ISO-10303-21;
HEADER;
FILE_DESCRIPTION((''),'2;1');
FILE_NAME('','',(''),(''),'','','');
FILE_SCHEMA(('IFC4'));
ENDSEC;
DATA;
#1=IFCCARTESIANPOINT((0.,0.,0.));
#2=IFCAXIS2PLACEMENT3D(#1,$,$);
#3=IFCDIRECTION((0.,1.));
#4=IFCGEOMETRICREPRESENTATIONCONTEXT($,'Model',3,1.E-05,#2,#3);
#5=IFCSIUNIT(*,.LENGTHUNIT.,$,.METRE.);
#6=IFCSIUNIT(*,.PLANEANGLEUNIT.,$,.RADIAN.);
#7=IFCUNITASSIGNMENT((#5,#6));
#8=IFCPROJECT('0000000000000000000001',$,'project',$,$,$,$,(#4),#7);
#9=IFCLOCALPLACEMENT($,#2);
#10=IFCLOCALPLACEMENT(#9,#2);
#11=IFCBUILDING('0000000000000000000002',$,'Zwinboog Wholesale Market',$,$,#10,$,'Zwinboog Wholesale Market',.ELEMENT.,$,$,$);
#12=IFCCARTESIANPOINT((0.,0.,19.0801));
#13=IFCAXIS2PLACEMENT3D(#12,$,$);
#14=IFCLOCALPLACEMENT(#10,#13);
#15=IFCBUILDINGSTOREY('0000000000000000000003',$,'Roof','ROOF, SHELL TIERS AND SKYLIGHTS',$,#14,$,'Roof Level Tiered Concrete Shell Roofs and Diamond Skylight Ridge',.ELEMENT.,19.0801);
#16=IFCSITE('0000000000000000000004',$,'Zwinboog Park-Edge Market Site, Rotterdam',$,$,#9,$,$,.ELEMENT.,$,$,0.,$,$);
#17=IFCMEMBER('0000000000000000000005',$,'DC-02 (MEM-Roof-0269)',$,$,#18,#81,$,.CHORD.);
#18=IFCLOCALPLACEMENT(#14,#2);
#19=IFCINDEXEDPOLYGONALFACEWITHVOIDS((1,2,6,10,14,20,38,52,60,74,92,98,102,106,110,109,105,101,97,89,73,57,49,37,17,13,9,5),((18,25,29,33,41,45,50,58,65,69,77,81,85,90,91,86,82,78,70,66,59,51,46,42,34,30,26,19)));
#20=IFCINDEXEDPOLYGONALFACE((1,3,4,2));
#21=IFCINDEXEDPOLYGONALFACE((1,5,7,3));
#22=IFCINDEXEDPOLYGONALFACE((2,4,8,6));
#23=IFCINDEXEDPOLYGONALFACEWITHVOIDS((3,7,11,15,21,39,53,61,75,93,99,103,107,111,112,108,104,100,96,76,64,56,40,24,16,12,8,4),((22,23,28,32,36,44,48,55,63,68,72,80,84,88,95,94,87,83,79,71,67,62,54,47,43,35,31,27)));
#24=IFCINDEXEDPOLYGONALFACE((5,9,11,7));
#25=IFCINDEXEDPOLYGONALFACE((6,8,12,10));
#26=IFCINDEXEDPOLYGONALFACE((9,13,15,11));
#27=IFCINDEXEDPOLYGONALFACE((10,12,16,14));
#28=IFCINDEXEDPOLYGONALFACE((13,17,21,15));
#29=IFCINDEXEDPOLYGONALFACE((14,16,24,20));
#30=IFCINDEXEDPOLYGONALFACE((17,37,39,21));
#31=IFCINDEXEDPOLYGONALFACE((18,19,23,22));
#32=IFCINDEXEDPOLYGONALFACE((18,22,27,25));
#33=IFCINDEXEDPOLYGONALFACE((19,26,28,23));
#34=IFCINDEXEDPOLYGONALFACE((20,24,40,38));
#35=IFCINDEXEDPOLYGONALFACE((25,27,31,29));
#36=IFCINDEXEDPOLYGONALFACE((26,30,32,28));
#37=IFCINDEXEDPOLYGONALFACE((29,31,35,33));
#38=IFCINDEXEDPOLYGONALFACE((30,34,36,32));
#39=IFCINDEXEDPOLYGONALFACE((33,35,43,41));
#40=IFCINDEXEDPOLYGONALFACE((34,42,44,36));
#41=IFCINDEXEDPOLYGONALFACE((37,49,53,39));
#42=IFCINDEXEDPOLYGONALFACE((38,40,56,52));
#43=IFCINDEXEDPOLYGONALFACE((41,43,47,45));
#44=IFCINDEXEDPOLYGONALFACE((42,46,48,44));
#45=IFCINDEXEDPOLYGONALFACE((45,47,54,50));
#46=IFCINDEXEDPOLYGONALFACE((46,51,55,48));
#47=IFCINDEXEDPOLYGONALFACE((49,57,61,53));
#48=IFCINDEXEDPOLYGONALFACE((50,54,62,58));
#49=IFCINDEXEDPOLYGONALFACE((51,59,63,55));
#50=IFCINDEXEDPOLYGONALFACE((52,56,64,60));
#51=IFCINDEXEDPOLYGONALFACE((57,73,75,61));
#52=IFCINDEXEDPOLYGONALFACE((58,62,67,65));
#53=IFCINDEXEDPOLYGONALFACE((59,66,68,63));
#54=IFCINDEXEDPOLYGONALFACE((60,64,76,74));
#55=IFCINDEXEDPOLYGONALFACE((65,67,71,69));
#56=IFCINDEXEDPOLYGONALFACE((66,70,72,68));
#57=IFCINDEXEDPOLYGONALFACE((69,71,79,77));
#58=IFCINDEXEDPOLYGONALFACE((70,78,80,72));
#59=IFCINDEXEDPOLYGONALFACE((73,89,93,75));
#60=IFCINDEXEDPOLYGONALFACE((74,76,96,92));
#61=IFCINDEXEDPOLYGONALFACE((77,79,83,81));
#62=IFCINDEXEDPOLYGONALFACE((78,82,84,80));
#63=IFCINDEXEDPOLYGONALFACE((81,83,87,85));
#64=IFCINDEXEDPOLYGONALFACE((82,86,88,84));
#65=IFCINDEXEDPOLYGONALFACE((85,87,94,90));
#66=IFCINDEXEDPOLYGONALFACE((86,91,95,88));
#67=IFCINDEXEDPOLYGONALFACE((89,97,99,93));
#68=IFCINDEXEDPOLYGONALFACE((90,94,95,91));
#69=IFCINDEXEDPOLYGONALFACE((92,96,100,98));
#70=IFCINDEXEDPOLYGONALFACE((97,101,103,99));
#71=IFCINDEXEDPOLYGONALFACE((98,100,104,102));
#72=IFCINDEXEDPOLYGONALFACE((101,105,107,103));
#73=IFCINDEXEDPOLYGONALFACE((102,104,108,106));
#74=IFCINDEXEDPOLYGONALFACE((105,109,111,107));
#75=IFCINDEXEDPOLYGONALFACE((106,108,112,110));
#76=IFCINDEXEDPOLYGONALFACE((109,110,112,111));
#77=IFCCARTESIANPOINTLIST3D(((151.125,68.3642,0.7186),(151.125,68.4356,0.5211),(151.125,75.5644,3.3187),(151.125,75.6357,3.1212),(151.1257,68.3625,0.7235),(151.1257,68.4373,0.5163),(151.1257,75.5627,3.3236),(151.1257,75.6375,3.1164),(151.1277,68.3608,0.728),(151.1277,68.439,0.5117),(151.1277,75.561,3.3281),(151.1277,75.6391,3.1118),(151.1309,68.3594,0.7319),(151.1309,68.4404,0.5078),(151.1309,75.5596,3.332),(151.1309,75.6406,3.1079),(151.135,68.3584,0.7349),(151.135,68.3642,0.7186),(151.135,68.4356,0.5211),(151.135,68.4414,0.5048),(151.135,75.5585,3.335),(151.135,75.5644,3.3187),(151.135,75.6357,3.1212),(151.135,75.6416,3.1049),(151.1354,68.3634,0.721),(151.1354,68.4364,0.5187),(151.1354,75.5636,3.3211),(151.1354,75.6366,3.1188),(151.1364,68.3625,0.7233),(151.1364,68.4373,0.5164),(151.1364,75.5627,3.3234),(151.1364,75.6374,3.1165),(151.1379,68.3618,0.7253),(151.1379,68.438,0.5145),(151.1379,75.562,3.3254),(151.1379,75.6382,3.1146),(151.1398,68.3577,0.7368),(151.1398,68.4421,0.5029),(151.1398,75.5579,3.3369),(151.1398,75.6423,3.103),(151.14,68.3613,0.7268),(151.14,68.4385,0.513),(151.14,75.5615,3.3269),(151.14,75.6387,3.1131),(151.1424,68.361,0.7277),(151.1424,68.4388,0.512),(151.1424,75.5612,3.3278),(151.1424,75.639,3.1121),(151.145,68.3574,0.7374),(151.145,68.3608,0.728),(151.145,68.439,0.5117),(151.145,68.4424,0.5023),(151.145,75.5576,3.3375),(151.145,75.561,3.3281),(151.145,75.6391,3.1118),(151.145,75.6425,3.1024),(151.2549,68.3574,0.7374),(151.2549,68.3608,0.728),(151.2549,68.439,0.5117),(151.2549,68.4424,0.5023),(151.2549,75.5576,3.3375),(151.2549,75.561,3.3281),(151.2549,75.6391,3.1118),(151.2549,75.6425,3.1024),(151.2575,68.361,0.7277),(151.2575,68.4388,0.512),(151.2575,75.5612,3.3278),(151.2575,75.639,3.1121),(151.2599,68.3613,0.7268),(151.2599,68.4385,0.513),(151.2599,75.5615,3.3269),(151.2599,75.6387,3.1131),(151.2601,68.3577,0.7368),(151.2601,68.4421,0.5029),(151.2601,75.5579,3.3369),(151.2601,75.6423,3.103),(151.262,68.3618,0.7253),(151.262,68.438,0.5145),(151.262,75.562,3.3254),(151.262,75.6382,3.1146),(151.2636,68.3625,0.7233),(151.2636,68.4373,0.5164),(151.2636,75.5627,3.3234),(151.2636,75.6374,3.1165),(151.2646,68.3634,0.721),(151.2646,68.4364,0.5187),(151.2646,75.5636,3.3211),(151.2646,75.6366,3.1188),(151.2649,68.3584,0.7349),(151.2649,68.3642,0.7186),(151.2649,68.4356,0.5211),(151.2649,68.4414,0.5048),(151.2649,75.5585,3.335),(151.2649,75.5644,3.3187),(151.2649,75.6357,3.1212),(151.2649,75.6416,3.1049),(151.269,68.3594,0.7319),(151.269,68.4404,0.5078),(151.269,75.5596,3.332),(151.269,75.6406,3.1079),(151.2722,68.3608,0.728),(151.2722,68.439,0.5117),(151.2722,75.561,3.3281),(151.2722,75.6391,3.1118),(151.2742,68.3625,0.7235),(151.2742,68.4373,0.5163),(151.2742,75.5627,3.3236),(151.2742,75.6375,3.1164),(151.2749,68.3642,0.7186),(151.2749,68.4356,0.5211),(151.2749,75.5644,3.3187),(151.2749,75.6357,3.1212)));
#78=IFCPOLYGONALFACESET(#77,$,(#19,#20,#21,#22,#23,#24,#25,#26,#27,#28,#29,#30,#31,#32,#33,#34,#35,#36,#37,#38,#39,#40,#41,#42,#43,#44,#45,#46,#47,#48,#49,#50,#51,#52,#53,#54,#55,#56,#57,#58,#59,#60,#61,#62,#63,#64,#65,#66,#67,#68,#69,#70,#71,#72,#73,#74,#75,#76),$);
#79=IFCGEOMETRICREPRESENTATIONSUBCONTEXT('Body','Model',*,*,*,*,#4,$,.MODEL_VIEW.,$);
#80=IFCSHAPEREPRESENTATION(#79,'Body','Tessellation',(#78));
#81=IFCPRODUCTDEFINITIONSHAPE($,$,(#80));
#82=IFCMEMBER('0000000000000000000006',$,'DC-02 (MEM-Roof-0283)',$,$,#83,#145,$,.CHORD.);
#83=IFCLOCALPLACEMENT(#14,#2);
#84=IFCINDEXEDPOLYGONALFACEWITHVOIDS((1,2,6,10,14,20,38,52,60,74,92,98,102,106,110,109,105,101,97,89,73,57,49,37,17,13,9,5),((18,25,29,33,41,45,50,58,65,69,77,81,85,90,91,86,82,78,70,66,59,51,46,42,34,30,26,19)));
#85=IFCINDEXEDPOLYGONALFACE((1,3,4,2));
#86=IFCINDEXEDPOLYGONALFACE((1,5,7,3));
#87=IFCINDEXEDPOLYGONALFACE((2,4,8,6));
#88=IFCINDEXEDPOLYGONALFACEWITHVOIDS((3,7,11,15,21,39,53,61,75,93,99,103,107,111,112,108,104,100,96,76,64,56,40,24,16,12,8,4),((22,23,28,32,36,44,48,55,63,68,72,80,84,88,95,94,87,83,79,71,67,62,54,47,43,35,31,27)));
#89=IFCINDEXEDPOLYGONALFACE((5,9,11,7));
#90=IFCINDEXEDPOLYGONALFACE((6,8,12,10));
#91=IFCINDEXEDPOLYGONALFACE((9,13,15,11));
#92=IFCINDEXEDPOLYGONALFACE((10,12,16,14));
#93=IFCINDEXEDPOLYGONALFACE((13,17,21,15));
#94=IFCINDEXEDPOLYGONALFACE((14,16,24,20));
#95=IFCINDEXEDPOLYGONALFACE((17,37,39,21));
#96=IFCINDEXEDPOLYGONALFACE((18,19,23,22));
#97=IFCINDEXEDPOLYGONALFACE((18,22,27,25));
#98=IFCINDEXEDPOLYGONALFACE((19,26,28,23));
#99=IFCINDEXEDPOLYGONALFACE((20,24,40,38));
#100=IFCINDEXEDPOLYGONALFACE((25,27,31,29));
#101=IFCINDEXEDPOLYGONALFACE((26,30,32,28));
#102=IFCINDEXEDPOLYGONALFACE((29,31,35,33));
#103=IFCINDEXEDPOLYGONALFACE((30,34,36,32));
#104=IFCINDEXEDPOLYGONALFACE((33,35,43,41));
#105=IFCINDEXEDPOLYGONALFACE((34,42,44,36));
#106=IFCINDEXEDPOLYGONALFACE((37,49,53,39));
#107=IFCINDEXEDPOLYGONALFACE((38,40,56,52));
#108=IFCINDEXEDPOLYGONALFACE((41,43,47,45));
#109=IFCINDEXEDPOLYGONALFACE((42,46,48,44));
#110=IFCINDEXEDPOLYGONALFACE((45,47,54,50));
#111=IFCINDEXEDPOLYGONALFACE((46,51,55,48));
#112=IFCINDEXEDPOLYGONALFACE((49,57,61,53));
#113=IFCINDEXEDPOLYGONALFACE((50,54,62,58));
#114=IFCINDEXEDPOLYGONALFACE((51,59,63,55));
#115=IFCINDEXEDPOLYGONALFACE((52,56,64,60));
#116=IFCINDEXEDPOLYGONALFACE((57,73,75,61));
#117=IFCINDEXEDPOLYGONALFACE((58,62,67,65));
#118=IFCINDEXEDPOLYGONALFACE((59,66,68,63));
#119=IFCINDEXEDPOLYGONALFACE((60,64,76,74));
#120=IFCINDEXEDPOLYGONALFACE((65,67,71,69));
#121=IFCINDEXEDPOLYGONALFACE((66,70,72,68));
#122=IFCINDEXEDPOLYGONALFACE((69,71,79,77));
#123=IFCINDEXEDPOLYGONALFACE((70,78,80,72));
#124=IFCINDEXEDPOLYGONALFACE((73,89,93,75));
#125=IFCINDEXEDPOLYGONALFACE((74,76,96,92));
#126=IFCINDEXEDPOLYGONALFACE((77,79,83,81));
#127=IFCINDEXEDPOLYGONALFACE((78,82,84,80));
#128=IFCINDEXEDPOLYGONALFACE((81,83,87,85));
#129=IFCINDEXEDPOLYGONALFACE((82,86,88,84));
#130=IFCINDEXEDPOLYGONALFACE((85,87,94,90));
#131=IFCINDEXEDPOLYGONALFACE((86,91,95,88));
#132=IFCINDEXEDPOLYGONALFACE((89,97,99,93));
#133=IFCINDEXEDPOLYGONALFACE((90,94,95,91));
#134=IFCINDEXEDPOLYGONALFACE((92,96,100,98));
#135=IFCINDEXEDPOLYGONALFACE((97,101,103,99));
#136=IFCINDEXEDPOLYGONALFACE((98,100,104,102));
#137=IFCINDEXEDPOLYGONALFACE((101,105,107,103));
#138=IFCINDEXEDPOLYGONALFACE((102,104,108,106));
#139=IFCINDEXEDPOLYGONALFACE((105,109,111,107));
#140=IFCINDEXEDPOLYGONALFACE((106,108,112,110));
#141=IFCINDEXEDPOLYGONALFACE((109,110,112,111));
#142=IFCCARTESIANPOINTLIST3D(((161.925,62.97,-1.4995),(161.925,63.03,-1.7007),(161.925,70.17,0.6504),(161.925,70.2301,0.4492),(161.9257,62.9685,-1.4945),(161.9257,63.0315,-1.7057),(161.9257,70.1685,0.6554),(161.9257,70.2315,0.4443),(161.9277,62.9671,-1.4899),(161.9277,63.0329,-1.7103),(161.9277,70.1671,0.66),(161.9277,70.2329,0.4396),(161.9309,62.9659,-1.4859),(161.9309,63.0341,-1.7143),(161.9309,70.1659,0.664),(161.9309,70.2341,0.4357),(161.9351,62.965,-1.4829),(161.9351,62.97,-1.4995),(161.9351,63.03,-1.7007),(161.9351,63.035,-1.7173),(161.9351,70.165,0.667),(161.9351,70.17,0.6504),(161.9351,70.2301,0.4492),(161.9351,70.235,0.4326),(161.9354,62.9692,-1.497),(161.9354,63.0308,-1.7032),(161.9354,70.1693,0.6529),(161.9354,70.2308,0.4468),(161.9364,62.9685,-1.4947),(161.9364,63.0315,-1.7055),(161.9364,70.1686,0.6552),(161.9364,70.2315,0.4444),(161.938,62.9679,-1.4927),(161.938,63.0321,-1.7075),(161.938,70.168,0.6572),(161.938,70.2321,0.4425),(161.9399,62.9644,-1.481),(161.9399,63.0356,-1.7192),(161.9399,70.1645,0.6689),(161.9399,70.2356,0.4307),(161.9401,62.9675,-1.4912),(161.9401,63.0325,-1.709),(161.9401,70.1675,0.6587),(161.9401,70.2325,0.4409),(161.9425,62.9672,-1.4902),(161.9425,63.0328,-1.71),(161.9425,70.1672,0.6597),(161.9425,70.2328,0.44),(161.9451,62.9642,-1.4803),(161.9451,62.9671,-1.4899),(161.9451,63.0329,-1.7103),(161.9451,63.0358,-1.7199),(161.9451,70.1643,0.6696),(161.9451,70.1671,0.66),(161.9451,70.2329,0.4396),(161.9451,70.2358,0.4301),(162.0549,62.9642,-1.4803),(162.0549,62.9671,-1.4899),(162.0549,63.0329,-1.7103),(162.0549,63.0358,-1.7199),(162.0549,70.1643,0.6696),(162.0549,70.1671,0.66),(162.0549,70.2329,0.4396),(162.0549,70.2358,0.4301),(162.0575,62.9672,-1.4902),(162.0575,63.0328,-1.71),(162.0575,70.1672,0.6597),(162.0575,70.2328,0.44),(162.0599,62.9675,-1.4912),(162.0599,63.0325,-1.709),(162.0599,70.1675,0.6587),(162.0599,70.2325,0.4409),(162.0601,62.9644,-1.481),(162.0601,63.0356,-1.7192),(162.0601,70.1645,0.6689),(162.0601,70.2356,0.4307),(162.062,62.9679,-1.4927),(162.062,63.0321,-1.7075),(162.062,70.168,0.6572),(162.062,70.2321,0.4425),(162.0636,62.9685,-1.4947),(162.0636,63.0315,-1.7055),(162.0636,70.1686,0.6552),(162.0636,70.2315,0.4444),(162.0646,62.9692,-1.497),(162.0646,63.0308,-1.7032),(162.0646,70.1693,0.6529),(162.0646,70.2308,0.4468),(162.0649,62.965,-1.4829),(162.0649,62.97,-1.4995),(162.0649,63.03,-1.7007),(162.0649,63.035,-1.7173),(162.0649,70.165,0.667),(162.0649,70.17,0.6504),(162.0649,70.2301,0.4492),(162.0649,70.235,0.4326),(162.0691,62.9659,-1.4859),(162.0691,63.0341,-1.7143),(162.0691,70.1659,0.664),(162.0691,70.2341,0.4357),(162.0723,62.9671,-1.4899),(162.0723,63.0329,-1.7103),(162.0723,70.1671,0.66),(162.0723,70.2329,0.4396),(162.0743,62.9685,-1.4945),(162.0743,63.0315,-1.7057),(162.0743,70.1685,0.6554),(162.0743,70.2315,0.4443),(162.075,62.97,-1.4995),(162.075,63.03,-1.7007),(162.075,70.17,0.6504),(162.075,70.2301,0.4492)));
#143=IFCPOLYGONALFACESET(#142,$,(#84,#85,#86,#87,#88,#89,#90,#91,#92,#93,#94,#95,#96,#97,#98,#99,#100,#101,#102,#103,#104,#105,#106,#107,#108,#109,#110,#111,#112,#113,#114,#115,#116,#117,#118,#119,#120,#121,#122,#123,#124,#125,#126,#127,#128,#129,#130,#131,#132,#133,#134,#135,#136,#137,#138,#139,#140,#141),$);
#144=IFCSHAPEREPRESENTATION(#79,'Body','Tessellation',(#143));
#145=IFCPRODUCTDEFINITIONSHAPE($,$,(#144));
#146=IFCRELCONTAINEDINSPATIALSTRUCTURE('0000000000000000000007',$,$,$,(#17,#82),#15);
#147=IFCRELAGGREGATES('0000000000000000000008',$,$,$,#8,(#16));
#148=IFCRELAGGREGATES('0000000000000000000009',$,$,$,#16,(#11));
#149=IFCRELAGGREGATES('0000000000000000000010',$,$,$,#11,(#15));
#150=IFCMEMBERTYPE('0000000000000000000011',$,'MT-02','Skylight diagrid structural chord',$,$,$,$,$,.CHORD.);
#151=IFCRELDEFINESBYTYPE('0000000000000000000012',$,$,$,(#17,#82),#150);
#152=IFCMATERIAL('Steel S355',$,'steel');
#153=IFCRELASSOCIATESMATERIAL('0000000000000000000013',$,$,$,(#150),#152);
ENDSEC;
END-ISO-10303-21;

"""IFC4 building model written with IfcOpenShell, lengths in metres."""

from ifc_helpers import new_model, si_unit, direction, frame, origin, origin_2d, place, context, subcontext, project, spatial, hollow_rectangle, extrude, material, material_profile, profile_set, type_object, element, save


model = new_model("IFC4")

# Units and contexts
model_context = context("Model", 3, precision=1e-05, world=origin(), true_north=direction((0.0, 1.0)))
body_context = subcontext(model_context, "Body", "Model", "MODEL_VIEW")
ifc_project = project(units=[si_unit("LENGTHUNIT", "METRE"), si_unit("PLANEANGLEUNIT", "RADIAN")], contexts=[model_context])

# Site, building, storey
site_placement = place(None, origin())
site = spatial("IfcSite", under=ifc_project, at=site_placement, Name="Zwinboog Park-Edge Market Site, Rotterdam", CompositionType="ELEMENT", RefElevation=0.0)
building_placement = place(site_placement, origin())
building = spatial("IfcBuilding", under=site, at=building_placement, Name="Zwinboog Wholesale Market", LongName="Zwinboog Wholesale Market", CompositionType="ELEMENT")
storey_placement = place(building_placement, frame((0.0, 0.0, 19.0801)))
storey = spatial("IfcBuildingStorey", under=building, at=storey_placement, Name="Roof", Description="ROOF, SHELL TIERS AND SKYLIGHTS", LongName="Roof Level Tiered Concrete Shell Roofs and Diamond Skylight Ridge", CompositionType="ELEMENT", Elevation=19.0801)

# Members
ifc_material_1 = material(Name="Steel S355", Category="steel")
ifc_material_profile_1 = material_profile(ifc_material_1, hollow_rectangle(XDim=0.1499, YDim=0.25, WallThickness=0.01, InnerFilletRadius=0.01, OuterFilletRadius=0.02, at=origin_2d()), Name="RHS 250x150x10")
ifc_profile_set_1 = profile_set([ifc_material_profile_1], Name="Steel S355")
member_type_1 = type_object("IfcMemberType", Name="MT-02", Description="Skylight diagrid structural chord", PredefinedType="CHORD", material=ifc_profile_set_1)
member_1_placement = place(storey_placement, frame((151.2, 68.3999, 0.6199), z_axis=(0.0, 0.940553, 0.339648), x_axis=(-1.0, 0.0, 0.0)))
element("IfcMember", 1, at=member_1_placement, inside=storey, type_object=member_type_1, Name="DC-02 (MEM-Roof-0269)", PredefinedType="CHORD", context=body_context, shape_type="SweptSolid", body=[
    extrude(hollow_rectangle(XDim=0.1499, YDim=0.25, WallThickness=0.01, InnerFilletRadius=0.01, OuterFilletRadius=0.02, at=origin_2d()), origin(), (0.0, 0.0, 1.0), 7.6553),
])
member_2_placement = place(storey_placement, frame((162.0, 63.0, -1.6001), z_axis=(0.0, 0.958195, 0.286117), x_axis=(-1.0, 0.0, 0.0)))
element("IfcMember", 2, at=member_2_placement, inside=storey, type_object=member_type_1, Name="DC-02 (MEM-Roof-0283)", PredefinedType="CHORD", context=body_context, shape_type="SweptSolid", body=[
    extrude(hollow_rectangle(XDim=0.1499, YDim=0.25, WallThickness=0.01, InnerFilletRadius=0.01, OuterFilletRadius=0.02, at=origin_2d()), origin(), (0.0, 0.0, 1.0), 7.5142),
])

save(model, "model.ifc")
